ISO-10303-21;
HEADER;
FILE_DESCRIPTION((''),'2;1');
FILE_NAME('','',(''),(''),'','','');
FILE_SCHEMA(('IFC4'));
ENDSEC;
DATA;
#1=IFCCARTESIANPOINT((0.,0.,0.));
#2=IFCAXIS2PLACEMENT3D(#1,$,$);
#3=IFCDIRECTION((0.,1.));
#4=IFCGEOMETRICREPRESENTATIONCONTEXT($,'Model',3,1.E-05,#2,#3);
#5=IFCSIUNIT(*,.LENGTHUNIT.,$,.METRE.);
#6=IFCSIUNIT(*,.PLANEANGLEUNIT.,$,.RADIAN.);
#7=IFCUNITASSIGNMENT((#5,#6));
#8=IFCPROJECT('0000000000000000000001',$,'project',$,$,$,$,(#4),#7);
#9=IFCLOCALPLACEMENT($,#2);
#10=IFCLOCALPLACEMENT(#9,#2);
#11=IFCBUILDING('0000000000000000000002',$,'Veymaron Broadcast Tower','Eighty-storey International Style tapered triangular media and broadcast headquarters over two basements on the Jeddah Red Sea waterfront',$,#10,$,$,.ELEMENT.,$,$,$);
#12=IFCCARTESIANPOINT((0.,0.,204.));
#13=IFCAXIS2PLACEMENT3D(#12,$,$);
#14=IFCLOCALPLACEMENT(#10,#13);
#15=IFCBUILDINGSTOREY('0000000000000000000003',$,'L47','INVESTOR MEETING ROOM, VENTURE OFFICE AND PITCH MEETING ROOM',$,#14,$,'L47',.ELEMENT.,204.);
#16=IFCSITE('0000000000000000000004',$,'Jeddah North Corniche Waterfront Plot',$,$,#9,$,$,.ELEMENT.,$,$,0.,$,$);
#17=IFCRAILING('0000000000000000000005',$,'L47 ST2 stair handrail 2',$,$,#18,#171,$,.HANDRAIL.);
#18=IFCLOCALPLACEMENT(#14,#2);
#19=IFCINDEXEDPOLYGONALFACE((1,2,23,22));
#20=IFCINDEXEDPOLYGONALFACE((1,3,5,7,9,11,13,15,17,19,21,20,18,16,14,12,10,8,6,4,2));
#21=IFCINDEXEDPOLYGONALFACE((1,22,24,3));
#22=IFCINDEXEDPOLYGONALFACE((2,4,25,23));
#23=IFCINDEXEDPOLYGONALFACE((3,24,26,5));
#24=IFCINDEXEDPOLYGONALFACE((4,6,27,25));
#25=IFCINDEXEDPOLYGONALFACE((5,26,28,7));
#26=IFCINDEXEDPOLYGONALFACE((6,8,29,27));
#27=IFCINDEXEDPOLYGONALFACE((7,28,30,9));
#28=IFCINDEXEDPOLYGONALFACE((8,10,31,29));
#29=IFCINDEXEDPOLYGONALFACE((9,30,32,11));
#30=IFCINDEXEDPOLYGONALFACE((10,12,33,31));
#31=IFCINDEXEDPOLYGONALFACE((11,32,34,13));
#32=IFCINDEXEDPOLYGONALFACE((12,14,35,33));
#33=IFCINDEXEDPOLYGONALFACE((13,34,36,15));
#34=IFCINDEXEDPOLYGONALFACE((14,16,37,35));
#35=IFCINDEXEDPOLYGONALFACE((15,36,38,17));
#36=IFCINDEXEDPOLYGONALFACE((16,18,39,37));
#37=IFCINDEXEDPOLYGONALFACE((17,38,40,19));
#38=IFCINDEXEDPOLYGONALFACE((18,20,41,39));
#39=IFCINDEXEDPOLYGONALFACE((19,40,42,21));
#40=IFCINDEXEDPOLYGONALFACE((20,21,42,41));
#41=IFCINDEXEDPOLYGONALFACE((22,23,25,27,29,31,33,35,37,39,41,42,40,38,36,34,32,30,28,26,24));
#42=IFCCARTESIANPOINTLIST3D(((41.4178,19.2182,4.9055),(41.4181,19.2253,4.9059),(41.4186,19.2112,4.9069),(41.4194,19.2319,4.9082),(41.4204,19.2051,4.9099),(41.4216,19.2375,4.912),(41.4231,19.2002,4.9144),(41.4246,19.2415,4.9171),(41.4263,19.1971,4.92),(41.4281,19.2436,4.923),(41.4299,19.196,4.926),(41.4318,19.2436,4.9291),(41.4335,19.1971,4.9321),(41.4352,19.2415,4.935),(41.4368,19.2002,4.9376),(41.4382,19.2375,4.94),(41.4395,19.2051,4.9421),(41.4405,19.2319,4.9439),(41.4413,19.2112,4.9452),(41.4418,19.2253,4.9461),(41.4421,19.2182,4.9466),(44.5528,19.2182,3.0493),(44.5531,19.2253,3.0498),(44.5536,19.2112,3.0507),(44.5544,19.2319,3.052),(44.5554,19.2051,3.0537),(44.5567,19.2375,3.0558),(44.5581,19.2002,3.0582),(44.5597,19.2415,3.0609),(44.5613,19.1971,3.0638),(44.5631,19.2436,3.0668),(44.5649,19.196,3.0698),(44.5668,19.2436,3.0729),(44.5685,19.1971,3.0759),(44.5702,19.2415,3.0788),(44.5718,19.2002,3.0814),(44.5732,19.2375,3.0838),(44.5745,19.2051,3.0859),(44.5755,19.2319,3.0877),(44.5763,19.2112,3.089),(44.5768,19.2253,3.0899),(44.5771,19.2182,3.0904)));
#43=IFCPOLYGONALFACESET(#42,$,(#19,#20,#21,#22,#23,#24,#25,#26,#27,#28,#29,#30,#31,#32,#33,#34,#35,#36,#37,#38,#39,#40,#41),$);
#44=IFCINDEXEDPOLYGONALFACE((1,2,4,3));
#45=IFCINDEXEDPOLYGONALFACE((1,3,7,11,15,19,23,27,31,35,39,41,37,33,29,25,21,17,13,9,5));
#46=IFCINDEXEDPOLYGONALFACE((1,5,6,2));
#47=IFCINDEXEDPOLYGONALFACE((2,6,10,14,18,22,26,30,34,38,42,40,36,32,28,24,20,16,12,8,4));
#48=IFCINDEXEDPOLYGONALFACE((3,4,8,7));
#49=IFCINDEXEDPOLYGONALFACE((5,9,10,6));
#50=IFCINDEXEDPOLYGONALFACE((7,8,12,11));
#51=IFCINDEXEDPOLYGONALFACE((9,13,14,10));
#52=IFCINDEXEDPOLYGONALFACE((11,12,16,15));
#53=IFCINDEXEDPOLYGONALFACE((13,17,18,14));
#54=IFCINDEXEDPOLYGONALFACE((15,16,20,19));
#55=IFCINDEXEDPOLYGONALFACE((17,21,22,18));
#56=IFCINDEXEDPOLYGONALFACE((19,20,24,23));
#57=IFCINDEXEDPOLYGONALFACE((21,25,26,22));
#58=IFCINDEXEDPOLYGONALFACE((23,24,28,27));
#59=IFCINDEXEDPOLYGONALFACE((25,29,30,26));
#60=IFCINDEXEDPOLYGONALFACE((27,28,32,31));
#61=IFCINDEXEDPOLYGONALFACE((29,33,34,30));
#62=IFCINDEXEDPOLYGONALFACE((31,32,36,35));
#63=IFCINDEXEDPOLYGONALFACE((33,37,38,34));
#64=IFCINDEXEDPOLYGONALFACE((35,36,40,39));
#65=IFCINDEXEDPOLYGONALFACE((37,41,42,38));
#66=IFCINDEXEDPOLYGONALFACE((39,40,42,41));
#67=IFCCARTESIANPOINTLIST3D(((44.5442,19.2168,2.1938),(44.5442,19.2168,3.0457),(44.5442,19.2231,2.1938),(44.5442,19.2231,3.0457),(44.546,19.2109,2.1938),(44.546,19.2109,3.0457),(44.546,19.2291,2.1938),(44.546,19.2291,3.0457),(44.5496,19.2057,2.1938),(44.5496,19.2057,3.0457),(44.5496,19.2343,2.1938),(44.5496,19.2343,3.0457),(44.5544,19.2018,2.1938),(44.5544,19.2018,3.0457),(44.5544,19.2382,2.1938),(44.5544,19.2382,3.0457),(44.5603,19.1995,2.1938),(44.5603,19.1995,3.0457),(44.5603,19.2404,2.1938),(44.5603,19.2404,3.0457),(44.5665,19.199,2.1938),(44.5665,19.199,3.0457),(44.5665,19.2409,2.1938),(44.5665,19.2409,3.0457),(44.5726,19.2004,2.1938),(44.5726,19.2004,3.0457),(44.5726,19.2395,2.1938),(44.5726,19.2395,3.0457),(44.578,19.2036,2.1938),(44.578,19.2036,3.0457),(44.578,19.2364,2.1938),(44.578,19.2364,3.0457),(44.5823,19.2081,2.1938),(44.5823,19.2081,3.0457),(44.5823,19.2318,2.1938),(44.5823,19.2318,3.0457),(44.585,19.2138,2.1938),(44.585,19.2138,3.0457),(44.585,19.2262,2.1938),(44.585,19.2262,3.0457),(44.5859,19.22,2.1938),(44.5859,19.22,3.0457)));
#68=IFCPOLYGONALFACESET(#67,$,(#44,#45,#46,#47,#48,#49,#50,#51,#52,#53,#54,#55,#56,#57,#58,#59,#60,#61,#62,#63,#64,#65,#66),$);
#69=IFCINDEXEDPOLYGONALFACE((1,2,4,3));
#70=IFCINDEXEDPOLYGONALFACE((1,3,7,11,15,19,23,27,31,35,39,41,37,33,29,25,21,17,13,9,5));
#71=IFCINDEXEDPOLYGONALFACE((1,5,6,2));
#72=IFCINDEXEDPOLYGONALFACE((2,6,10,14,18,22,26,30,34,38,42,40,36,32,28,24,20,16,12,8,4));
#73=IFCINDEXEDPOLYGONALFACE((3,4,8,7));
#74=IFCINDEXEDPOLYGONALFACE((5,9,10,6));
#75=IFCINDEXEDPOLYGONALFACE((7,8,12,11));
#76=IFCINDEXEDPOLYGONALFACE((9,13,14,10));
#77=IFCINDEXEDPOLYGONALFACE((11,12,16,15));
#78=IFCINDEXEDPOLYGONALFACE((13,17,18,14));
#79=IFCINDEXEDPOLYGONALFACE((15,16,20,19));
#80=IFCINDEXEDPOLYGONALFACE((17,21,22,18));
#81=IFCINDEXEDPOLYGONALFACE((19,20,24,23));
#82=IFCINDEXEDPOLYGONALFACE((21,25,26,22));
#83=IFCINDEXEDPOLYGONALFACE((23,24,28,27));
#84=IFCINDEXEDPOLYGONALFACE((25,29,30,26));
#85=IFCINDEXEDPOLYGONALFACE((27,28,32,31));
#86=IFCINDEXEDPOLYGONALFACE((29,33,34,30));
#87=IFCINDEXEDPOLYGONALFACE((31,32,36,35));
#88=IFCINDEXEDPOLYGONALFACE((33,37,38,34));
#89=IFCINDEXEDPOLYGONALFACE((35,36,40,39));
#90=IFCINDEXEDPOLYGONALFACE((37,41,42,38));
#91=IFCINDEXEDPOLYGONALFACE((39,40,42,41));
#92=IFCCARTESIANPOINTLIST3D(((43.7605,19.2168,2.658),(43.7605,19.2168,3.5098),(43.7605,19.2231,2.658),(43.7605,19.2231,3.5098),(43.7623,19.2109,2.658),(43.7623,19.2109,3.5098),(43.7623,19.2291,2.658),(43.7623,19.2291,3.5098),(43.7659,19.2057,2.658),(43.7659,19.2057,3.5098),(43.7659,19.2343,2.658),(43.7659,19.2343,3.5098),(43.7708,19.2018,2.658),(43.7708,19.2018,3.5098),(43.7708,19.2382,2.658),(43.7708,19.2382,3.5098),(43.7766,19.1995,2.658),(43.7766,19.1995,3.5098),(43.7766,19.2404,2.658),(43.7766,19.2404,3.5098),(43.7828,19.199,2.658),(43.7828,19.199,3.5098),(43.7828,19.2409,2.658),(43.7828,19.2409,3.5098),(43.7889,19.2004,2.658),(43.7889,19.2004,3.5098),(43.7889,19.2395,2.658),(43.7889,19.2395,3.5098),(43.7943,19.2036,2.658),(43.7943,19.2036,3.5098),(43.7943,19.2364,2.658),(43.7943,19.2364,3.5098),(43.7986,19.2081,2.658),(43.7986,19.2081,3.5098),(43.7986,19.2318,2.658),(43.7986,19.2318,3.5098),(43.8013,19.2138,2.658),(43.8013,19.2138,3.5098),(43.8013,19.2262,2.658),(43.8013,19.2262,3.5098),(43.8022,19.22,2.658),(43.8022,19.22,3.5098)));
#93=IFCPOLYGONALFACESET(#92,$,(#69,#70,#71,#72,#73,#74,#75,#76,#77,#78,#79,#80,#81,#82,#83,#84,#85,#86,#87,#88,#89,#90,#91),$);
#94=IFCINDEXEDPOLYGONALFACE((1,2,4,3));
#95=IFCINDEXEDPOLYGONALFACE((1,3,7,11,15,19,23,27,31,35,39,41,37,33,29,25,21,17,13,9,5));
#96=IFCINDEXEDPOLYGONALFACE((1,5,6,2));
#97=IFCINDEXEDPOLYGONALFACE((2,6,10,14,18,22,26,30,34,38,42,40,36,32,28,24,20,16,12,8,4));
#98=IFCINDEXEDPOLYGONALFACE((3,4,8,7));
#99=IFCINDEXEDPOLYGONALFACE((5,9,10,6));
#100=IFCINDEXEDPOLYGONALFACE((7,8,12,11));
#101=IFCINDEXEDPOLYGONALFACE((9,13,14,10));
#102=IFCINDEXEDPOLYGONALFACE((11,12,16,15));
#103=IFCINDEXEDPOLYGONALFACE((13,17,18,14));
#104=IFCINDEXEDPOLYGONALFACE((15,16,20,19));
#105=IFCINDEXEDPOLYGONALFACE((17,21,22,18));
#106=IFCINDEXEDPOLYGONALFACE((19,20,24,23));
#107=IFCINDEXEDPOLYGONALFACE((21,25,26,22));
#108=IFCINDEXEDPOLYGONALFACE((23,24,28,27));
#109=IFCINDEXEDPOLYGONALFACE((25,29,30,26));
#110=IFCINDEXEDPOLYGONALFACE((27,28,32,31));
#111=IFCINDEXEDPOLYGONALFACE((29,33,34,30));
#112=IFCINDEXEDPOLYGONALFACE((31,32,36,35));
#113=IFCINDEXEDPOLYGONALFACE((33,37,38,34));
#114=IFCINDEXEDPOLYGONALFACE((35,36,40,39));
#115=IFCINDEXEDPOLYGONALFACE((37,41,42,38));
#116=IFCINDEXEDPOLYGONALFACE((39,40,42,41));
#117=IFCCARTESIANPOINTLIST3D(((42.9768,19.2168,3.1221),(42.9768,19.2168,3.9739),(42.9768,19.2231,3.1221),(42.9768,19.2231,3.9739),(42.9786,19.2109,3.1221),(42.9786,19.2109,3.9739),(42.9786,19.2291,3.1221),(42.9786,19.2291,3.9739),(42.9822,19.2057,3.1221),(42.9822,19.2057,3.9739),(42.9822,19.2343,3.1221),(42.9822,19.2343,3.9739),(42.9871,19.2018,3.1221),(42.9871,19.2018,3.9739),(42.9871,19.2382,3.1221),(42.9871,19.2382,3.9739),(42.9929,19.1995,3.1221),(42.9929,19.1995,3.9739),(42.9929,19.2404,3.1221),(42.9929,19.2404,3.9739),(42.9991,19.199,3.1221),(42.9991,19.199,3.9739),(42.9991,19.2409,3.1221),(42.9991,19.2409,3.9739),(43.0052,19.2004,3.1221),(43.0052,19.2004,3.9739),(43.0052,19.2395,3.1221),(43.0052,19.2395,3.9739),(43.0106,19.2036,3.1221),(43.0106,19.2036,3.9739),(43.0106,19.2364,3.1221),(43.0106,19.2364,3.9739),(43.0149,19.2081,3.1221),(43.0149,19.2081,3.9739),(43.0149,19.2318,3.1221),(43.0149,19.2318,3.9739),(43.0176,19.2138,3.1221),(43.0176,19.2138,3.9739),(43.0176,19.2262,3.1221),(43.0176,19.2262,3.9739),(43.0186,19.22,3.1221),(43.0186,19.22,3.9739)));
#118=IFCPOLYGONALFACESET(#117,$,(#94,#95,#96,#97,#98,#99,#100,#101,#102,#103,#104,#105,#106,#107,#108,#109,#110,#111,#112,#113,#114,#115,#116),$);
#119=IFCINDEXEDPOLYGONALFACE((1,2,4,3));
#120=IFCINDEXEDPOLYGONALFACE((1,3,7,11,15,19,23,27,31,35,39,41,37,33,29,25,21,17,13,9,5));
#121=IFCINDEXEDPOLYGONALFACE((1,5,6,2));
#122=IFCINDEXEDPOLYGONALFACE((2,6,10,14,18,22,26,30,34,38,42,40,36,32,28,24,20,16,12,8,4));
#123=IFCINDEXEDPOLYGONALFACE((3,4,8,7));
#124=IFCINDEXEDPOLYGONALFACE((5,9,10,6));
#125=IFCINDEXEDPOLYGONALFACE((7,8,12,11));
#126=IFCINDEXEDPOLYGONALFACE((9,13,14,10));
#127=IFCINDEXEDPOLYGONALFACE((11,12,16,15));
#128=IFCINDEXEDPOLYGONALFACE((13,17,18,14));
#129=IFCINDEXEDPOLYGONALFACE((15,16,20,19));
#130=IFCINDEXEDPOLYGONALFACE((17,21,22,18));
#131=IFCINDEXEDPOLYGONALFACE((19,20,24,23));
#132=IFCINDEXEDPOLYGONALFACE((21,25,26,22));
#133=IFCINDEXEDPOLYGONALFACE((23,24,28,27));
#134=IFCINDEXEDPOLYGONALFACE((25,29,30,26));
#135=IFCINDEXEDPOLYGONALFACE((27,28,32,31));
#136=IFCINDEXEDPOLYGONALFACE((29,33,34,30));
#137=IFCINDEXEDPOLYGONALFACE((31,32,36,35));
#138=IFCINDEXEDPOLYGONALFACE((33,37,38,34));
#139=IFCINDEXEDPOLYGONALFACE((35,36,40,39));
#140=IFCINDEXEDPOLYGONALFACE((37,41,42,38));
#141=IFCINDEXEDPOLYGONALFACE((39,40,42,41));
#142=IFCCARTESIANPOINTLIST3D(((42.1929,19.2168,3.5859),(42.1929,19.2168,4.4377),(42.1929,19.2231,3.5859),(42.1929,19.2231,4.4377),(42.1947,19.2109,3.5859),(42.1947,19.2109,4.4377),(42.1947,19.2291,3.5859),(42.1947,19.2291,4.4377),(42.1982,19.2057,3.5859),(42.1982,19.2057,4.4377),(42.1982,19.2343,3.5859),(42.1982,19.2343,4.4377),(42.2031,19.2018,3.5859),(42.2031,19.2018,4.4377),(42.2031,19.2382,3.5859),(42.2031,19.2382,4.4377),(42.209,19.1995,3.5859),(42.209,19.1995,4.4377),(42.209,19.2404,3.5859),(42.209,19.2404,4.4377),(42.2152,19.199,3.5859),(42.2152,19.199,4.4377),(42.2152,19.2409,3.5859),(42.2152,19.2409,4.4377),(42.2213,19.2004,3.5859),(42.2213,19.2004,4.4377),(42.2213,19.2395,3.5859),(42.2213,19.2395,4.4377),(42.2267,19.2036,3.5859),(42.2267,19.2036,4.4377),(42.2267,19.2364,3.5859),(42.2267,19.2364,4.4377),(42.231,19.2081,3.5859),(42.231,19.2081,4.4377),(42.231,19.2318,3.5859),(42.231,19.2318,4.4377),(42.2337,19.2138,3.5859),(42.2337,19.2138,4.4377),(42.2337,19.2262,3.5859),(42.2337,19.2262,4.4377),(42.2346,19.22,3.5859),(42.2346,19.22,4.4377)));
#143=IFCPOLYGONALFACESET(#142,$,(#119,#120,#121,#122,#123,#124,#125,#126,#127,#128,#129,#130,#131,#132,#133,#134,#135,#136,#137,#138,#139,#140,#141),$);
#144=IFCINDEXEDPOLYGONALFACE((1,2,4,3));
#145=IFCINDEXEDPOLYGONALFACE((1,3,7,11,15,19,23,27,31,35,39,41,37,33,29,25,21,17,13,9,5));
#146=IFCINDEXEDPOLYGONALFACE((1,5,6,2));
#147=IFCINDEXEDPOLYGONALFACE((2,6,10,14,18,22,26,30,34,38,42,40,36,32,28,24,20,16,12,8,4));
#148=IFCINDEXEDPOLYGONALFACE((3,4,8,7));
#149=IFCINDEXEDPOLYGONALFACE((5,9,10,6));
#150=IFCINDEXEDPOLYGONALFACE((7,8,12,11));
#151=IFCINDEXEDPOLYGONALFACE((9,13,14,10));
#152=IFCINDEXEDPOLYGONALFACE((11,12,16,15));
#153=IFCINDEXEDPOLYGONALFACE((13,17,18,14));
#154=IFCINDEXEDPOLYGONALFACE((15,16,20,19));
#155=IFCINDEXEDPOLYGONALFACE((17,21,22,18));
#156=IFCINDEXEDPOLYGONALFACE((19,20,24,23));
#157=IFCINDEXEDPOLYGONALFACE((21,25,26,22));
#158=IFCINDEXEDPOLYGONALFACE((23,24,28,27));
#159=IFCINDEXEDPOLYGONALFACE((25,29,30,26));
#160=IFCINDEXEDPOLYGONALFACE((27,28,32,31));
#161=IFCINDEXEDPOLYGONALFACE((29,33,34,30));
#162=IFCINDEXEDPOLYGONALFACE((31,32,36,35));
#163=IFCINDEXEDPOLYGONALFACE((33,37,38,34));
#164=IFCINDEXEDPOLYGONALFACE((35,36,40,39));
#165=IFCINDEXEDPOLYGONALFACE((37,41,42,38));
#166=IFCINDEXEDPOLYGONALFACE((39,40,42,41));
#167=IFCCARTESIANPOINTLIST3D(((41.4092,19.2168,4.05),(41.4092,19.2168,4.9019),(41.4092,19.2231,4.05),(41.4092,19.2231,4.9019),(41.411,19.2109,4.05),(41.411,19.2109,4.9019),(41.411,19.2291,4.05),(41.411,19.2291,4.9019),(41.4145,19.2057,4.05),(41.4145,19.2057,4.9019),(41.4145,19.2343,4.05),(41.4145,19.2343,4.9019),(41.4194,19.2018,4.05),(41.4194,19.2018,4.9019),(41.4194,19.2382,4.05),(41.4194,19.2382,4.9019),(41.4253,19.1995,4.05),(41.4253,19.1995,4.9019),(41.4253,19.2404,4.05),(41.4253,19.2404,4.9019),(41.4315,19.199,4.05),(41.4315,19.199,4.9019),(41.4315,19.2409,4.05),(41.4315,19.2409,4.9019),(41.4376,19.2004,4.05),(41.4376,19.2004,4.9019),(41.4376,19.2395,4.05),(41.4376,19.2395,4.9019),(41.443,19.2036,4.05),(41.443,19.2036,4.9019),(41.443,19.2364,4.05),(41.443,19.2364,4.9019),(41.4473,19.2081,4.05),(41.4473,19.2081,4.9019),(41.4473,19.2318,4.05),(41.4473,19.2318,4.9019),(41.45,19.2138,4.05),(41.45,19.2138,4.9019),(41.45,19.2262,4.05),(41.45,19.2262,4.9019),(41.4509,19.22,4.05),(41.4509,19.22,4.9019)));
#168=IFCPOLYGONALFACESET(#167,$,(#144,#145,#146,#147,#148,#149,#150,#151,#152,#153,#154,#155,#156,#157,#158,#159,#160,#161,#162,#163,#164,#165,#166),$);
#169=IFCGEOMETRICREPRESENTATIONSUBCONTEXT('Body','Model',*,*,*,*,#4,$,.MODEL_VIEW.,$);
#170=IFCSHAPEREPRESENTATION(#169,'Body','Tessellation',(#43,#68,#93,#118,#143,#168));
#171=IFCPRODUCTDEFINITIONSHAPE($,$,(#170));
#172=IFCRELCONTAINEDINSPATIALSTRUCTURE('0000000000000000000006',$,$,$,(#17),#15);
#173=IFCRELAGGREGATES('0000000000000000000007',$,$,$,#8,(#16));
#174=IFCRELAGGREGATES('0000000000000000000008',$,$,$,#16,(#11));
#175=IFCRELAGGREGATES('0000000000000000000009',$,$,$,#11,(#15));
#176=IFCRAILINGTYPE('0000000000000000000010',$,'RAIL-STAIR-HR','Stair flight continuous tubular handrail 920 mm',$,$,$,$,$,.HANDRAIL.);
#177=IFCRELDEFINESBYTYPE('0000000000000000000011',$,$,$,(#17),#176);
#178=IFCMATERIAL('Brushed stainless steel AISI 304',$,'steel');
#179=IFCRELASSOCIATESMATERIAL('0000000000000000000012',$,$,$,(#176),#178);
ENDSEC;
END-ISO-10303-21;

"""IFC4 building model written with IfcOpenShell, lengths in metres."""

from ifc_helpers import new_model, si_unit, direction, frame, origin, origin_2d, place, context, subcontext, project, spatial, circle, extrude, material, type_object, element, save


model = new_model("IFC4")

# Units and contexts
model_context = context("Model", 3, precision=1e-05, world=origin(), true_north=direction((0.0, 1.0)))
body_context = subcontext(model_context, "Body", "Model", "MODEL_VIEW")
ifc_project = project(units=[si_unit("LENGTHUNIT", "METRE"), si_unit("PLANEANGLEUNIT", "RADIAN")], contexts=[model_context])

# Site, building, storey
site_placement = place(None, origin())
site = spatial("IfcSite", under=ifc_project, at=site_placement, Name="Jeddah North Corniche Waterfront Plot", CompositionType="ELEMENT", RefElevation=0.0)
building_placement = place(site_placement, origin())
building = spatial("IfcBuilding", under=site, at=building_placement, Name="Veymaron Broadcast Tower", Description="Eighty-storey International Style tapered triangular media and broadcast headquarters over two basements on the Jeddah Red Sea waterfront", CompositionType="ELEMENT")
storey_placement = place(building_placement, frame((0.0, 0.0, 204.0)))
storey = spatial("IfcBuildingStorey", under=building, at=storey_placement, Name="L47", Description="INVESTOR MEETING ROOM, VENTURE OFFICE AND PITCH MEETING ROOM", LongName="L47", CompositionType="ELEMENT", Elevation=204.0)

# Shared definitions
ifc_material_1 = material(Name="Brushed stainless steel AISI 304", Category="steel")

# Railing
railing_type_1 = type_object("IfcRailingType", Name="RAIL-STAIR-HR", Description="Stair flight continuous tubular handrail 920 mm", PredefinedType="HANDRAIL", material=ifc_material_1)
railing_1_placement = place(storey_placement, frame((44.5649, 19.22, 2.1938)))
element("IfcRailing", 1, at=railing_1_placement, inside=storey, type_object=railing_type_1, Name="L47 ST2 stair handrail 2", PredefinedType="HANDRAIL", context=body_context, shape_type="SweptSolid", body=[
    extrude(circle(Radius=0.0239, at=origin_2d()), frame((0.0, 0.0, 0.876), z_axis=(-0.860482, 0.0, 0.509481), x_axis=(0.0, -1.0, 0.0)), (0.0, 0.0, 1.0), 3.6433),
    extrude(circle(Radius=0.021, at=origin_2d()), origin(), (0.0, 0.0, 1.0), 0.8518),
    extrude(circle(Radius=0.021, at=origin_2d()), frame((-0.7837, 0.0, 0.4641)), (0.0, 0.0, 1.0), 0.8518),
    extrude(circle(Radius=0.021, at=origin_2d()), frame((-1.5674, 0.0, 0.9282)), (0.0, 0.0, 1.0), 0.8518),
    extrude(circle(Radius=0.021, at=origin_2d()), frame((-2.3513, 0.0, 1.3921)), (0.0, 0.0, 1.0), 0.8518),
    extrude(circle(Radius=0.021, at=origin_2d()), frame((-3.135, 0.0, 1.8562)), (0.0, 0.0, 1.0), 0.8518),
])

save(model, "model.ifc")
